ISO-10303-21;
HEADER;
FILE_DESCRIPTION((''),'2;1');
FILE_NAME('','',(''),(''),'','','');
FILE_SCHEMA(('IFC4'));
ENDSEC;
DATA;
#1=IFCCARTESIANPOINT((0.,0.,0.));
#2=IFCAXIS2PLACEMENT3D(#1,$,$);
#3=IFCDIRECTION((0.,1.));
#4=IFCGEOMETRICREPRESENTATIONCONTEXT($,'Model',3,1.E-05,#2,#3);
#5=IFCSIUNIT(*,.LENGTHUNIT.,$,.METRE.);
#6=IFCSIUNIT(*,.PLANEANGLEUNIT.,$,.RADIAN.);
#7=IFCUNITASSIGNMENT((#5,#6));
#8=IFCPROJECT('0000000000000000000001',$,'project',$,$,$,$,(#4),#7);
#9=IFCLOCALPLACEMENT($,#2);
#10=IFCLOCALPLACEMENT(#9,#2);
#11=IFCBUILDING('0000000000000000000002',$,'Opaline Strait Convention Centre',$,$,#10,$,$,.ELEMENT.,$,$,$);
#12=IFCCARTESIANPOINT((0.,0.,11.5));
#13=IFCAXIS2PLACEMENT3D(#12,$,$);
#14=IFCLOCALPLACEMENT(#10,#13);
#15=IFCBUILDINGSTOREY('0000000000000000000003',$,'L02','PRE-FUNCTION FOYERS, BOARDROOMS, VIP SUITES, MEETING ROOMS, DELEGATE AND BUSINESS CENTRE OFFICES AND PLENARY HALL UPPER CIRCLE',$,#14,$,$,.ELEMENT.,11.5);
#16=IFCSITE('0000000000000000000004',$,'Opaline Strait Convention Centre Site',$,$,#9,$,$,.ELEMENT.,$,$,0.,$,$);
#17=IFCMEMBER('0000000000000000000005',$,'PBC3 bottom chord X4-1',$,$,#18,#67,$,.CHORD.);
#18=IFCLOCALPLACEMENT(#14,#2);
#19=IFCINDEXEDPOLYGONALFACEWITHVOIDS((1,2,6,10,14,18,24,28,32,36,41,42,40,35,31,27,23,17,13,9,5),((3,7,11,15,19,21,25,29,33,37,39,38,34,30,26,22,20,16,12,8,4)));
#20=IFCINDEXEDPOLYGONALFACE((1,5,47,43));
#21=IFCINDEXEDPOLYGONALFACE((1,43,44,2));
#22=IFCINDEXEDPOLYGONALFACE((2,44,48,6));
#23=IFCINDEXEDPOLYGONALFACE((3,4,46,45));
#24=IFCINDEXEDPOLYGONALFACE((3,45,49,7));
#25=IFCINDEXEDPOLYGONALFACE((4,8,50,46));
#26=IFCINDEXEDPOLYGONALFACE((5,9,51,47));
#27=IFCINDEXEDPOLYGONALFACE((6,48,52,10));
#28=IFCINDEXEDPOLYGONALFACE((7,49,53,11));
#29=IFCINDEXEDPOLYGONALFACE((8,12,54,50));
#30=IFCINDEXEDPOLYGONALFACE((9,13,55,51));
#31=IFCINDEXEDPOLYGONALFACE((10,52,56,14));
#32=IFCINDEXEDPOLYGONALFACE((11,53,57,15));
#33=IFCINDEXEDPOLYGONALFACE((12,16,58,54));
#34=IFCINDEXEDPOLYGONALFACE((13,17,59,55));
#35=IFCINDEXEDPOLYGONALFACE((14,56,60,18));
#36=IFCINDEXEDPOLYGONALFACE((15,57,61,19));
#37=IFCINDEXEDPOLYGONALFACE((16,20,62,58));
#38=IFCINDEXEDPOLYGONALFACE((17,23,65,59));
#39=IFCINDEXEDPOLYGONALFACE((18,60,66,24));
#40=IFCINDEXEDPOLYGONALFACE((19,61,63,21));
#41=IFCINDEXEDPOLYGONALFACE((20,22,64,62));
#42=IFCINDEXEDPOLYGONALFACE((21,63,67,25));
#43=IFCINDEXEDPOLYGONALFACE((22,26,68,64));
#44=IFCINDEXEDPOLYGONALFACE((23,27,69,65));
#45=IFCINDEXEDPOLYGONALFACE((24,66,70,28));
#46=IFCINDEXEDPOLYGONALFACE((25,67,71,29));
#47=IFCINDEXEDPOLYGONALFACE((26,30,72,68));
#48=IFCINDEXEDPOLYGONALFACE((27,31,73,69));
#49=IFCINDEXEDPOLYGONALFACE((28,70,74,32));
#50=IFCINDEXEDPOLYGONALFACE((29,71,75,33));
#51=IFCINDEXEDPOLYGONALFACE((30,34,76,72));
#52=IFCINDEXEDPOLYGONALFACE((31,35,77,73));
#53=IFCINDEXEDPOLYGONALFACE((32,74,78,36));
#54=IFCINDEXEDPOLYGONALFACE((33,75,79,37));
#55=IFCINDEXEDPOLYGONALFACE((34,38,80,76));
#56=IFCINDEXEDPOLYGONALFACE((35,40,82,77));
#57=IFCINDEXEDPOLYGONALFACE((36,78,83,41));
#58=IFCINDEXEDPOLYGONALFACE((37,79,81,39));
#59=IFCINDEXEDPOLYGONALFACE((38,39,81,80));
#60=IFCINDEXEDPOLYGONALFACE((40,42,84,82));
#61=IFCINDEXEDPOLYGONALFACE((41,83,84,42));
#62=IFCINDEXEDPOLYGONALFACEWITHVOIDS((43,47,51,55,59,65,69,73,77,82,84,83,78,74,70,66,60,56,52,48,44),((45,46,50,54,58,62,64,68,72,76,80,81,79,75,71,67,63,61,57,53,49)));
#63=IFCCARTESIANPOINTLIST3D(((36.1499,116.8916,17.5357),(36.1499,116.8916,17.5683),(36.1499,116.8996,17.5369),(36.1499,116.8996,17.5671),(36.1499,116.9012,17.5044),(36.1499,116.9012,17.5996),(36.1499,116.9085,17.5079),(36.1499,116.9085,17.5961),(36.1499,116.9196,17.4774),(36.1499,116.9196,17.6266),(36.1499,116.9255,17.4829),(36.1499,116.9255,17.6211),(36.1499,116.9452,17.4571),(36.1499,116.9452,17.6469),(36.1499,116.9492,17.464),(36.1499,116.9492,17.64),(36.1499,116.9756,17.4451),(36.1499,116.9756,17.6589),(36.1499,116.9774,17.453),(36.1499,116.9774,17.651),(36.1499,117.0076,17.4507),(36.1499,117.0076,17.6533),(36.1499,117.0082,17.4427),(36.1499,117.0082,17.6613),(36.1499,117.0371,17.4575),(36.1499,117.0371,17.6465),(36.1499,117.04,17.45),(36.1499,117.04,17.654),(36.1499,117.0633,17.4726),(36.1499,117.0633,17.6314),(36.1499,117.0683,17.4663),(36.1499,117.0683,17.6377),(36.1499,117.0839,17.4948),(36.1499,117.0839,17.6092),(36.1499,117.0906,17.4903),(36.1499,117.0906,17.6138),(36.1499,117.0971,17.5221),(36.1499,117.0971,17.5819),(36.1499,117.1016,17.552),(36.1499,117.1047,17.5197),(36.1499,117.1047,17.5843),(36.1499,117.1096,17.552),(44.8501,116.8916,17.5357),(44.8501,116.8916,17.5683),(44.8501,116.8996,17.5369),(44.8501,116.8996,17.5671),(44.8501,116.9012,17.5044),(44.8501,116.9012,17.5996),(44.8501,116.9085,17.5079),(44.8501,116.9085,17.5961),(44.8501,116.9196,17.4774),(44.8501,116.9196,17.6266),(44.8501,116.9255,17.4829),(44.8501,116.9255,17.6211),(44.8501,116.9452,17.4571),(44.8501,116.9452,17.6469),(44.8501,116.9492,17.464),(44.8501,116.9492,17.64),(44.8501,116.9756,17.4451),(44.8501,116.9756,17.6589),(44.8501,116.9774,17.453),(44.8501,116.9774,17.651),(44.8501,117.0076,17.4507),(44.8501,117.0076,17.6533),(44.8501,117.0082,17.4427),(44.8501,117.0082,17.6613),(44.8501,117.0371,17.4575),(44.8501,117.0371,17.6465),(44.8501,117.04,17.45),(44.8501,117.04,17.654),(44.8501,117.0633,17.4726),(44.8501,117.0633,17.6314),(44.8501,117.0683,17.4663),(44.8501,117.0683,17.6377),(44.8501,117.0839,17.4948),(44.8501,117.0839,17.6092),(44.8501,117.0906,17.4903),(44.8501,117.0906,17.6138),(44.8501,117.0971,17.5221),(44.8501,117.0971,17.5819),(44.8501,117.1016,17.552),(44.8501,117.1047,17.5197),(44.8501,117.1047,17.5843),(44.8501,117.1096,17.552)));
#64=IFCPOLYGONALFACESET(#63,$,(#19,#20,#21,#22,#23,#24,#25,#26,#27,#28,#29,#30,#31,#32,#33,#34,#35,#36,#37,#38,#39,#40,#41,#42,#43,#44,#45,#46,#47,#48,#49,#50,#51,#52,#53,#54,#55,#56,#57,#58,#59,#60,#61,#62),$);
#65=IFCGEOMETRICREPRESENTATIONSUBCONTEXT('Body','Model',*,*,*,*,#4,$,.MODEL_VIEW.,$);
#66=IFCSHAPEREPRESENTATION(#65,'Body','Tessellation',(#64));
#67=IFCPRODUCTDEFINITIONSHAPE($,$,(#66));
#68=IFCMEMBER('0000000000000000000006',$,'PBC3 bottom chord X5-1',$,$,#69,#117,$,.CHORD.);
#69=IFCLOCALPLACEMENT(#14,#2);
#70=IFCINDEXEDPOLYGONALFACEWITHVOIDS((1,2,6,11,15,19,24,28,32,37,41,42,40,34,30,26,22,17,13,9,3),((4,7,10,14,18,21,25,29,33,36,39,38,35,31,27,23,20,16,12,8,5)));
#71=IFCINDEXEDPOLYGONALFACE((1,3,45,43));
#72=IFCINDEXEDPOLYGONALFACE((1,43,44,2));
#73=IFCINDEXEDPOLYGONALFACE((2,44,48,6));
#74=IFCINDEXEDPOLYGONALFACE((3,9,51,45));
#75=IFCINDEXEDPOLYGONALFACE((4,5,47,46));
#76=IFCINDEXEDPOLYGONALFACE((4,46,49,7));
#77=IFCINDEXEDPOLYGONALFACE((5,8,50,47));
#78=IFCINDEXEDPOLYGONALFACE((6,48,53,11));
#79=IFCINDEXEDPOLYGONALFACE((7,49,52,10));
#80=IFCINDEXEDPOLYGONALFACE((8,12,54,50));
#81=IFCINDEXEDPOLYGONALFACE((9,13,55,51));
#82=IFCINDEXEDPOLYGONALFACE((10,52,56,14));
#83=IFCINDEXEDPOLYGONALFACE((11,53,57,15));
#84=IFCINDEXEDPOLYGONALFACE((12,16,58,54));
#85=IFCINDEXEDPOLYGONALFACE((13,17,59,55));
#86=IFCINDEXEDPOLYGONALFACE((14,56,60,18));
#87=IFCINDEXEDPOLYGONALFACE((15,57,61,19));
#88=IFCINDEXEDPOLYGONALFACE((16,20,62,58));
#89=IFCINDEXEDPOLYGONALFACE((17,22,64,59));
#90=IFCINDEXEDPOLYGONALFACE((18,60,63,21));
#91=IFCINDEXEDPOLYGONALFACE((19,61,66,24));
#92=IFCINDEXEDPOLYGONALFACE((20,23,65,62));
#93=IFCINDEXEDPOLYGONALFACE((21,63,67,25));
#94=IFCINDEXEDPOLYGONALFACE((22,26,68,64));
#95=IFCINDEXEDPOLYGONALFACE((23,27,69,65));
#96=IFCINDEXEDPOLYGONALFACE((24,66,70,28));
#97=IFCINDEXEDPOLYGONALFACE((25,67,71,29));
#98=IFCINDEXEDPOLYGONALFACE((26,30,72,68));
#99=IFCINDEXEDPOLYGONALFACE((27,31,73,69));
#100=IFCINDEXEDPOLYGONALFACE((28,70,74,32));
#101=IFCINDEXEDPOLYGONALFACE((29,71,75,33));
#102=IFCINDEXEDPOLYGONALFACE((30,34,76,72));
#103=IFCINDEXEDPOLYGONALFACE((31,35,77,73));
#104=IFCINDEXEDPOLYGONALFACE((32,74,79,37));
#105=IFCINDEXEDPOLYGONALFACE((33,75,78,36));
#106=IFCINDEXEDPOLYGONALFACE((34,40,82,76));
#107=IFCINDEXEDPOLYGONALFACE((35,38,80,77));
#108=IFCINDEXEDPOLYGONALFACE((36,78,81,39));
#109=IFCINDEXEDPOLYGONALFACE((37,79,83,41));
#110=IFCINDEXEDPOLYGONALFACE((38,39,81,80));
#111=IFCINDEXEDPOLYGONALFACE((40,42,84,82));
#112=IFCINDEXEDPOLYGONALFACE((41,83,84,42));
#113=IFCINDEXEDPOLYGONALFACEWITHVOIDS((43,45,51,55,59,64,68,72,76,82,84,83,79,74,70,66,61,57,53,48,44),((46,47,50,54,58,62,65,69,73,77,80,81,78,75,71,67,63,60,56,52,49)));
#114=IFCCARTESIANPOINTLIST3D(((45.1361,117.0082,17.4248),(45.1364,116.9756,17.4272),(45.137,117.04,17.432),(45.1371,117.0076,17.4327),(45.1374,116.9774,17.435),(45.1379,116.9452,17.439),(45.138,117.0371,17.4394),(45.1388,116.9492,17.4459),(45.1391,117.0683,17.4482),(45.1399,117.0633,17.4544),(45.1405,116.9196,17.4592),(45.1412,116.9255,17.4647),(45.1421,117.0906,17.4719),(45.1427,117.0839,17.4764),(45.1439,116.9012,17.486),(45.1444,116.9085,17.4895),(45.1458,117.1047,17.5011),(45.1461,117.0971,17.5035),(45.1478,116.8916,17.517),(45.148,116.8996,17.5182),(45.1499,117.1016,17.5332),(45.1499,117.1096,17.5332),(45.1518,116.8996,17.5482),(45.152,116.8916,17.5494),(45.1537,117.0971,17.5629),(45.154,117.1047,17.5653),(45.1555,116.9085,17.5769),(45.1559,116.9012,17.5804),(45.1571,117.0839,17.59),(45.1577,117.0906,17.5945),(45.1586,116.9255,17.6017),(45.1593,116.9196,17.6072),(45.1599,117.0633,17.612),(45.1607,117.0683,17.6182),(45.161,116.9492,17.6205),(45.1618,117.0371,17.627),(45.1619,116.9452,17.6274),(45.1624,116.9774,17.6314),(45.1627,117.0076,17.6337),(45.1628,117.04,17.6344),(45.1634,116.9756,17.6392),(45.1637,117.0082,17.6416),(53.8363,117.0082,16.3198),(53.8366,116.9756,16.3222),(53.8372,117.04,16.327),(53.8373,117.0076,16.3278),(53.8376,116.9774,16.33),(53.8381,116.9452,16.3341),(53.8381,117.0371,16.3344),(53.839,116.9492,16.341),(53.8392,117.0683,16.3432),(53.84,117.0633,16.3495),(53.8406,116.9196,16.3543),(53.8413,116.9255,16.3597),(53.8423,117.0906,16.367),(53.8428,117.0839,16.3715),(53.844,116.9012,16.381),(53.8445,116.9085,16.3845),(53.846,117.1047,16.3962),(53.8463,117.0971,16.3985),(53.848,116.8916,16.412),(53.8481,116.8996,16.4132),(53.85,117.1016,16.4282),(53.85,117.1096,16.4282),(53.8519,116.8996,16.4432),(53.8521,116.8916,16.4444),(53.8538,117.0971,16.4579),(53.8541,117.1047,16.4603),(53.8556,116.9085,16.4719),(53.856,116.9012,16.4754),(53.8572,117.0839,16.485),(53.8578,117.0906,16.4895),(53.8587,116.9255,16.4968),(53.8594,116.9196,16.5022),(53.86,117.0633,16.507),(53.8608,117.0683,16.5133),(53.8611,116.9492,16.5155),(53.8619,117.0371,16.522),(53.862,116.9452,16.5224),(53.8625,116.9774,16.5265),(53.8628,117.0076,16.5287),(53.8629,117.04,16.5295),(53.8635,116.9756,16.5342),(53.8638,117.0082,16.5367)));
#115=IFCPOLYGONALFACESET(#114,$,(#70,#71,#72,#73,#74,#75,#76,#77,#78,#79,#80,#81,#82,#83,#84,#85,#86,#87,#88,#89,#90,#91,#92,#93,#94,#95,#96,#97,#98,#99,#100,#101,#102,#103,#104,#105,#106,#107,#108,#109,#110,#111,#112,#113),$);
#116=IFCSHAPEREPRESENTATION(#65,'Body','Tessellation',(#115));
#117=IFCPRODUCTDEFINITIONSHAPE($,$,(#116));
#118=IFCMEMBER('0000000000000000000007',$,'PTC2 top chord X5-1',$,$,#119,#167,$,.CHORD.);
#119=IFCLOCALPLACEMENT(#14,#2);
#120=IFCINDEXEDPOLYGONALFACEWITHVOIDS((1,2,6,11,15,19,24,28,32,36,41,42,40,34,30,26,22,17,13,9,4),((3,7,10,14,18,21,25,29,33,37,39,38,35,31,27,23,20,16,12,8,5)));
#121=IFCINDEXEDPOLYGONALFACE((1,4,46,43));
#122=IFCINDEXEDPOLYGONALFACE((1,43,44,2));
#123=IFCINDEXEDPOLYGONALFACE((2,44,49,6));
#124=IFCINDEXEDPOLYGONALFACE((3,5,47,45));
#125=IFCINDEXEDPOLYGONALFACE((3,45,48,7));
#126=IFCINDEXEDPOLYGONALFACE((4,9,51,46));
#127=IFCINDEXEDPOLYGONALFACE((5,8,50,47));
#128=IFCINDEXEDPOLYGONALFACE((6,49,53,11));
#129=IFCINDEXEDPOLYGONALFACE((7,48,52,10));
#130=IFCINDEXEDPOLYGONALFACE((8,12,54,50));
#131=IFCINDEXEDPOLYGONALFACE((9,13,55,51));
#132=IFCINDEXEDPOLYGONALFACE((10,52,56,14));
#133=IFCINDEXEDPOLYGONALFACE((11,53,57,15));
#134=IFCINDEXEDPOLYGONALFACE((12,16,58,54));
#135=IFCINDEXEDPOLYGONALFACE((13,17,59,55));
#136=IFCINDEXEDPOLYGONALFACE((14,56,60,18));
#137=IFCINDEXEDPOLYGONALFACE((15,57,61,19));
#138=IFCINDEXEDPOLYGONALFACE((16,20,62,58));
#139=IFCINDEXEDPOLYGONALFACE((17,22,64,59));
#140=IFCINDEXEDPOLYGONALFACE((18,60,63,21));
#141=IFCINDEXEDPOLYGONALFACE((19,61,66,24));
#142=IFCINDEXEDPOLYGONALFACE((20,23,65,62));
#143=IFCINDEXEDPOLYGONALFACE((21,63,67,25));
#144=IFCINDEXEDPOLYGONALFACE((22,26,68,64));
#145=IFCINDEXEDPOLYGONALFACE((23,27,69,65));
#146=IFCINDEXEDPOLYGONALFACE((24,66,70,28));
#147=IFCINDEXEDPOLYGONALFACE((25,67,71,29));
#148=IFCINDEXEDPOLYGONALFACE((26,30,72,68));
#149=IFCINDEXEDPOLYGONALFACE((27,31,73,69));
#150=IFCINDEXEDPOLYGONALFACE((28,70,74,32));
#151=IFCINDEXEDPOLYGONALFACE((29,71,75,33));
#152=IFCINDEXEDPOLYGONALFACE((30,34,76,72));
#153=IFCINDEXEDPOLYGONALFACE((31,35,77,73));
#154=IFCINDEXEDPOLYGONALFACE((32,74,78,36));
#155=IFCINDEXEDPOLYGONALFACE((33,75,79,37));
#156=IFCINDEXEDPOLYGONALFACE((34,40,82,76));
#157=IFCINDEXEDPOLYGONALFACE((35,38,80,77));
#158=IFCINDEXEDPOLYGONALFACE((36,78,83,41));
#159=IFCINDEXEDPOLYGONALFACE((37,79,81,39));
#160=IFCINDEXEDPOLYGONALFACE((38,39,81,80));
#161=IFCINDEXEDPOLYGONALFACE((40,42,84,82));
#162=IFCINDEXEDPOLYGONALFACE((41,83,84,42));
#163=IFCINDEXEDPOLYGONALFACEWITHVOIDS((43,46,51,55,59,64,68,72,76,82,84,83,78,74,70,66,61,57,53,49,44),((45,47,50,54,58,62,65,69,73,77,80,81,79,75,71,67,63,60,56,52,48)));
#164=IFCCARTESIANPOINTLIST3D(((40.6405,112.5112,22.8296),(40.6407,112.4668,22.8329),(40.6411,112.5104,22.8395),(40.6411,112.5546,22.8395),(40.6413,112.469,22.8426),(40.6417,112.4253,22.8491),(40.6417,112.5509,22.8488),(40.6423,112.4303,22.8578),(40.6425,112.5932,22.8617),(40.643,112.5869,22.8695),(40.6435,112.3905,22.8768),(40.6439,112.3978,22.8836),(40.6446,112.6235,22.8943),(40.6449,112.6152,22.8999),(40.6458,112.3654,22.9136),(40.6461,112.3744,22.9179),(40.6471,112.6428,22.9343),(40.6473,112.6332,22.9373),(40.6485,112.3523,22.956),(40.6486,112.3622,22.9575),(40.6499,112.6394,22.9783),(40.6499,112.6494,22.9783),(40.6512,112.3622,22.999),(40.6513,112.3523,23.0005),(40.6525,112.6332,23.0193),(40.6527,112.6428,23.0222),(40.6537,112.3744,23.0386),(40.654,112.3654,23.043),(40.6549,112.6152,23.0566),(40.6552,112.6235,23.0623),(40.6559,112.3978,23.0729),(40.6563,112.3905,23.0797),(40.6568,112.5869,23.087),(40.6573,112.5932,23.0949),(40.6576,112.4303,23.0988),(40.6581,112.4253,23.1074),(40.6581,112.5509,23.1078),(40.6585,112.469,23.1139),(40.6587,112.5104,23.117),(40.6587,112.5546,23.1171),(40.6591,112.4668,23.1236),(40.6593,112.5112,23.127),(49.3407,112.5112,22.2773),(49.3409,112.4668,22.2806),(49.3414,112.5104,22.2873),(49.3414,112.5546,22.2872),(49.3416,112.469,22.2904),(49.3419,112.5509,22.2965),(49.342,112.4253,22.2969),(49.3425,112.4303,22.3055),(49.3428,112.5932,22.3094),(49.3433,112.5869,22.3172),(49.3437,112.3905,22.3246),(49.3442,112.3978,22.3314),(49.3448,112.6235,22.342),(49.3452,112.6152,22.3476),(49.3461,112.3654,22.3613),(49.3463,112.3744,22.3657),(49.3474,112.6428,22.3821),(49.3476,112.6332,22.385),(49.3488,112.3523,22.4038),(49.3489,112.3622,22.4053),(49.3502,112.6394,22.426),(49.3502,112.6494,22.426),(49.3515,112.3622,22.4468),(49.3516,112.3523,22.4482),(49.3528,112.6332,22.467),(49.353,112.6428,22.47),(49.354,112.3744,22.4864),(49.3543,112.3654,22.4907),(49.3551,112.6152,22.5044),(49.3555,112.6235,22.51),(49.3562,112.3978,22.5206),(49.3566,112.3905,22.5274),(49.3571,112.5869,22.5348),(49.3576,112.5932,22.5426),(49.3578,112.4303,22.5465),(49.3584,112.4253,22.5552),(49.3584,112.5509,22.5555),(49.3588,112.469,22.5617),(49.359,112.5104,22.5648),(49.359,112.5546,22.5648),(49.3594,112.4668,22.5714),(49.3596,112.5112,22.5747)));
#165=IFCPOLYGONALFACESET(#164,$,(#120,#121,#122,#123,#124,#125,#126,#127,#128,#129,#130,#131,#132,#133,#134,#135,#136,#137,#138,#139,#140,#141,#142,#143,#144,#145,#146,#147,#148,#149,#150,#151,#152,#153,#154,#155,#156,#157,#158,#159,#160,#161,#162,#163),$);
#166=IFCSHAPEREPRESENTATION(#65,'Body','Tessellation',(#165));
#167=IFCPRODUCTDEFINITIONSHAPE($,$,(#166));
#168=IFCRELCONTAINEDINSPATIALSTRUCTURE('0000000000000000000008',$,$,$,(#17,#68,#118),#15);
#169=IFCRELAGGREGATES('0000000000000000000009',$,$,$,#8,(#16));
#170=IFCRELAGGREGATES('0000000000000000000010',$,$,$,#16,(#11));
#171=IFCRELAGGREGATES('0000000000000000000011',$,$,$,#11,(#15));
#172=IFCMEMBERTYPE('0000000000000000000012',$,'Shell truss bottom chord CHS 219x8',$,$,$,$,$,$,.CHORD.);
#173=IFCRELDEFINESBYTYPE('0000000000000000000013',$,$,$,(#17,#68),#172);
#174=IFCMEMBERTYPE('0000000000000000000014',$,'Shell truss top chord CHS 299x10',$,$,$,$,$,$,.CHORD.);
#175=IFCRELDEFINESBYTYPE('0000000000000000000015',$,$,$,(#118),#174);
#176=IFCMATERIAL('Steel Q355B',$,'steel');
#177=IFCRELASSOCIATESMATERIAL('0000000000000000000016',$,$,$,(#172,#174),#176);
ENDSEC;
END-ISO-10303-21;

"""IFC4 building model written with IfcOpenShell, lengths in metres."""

from ifc_helpers import new_model, si_unit, direction, frame, origin, origin_2d, place, context, subcontext, project, spatial, hollow_circle, extrude, material, material_profile, profile_set, type_object, element, save


model = new_model("IFC4")

# Units and contexts
model_context = context("Model", 3, precision=1e-05, world=origin(), true_north=direction((0.0, 1.0)))
body_context = subcontext(model_context, "Body", "Model", "MODEL_VIEW")
ifc_project = project(units=[si_unit("LENGTHUNIT", "METRE"), si_unit("PLANEANGLEUNIT", "RADIAN")], contexts=[model_context])

# Site, building, storey
site_placement = place(None, origin())
site = spatial("IfcSite", under=ifc_project, at=site_placement, Name="Opaline Strait Convention Centre Site", CompositionType="ELEMENT", RefElevation=0.0)
building_placement = place(site_placement, origin())
building = spatial("IfcBuilding", under=site, at=building_placement, Name="Opaline Strait Convention Centre", CompositionType="ELEMENT")
storey_placement = place(building_placement, frame((0.0, 0.0, 11.5)))
storey = spatial("IfcBuildingStorey", under=building, at=storey_placement, Name="L02", Description="PRE-FUNCTION FOYERS, BOARDROOMS, VIP SUITES, MEETING ROOMS, DELEGATE AND BUSINESS CENTRE OFFICES AND PLENARY HALL UPPER CIRCLE", CompositionType="ELEMENT", Elevation=11.5)

# Members
ifc_material_1 = material(Name="Steel Q355B", Category="steel")
ifc_material_profile_1 = material_profile(ifc_material_1, hollow_circle(Radius=0.1096, WallThickness=0.0081, at=origin_2d()), Name="CHS 219x8")
ifc_profile_set_1 = profile_set([ifc_material_profile_1], Name="Steel Q355B")
member_type_1 = type_object("IfcMemberType", Name="Shell truss bottom chord CHS 219x8", PredefinedType="CHORD", material=ifc_profile_set_1)
member_1_placement = place(storey_placement, frame((36.1499, 117.0, 17.552), z_axis=(1.0, 0.0, 0.0), x_axis=(0.0, 1.0, 0.0)))
element("IfcMember", 1, at=member_1_placement, inside=storey, type_object=member_type_1, Name="PBC3 bottom chord X4-1", PredefinedType="CHORD", context=body_context, shape_type="SweptSolid", body=[
    extrude(hollow_circle(Radius=0.1096, WallThickness=0.0081, at=origin_2d()), origin(), (0.0, 0.0, 1.0), 8.7002),
])
member_2_placement = place(storey_placement, frame((45.1499, 117.0, 17.5332), z_axis=(0.992031, 0.0, -0.125994), x_axis=(0.0, 1.0, 0.0)))
element("IfcMember", 2, at=member_2_placement, inside=storey, type_object=member_type_1, Name="PBC3 bottom chord X5-1", PredefinedType="CHORD", context=body_context, shape_type="SweptSolid", body=[
    extrude(hollow_circle(Radius=0.1096, WallThickness=0.0081, at=origin_2d()), origin(), (0.0, 0.0, 1.0), 8.77),
])
ifc_material_profile_2 = material_profile(ifc_material_1, hollow_circle(Radius=0.1494, WallThickness=0.01, at=origin_2d()), Name="CHS 299x10")
ifc_profile_set_2 = profile_set([ifc_material_profile_2], Name="Steel Q355B")
member_type_2 = type_object("IfcMemberType", Name="Shell truss top chord CHS 299x10", PredefinedType="CHORD", material=ifc_profile_set_2)
member_3_placement = place(storey_placement, frame((40.6499, 112.5, 22.9783), z_axis=(0.997992, 0.0, -0.063348), x_axis=(0.0, 1.0, 0.0)))
element("IfcMember", 3, at=member_3_placement, inside=storey, type_object=member_type_2, Name="PTC2 top chord X5-1", PredefinedType="CHORD", context=body_context, shape_type="SweptSolid", body=[
    extrude(hollow_circle(Radius=0.1494, WallThickness=0.01, at=origin_2d()), origin(), (0.0, 0.0, 1.0), 8.7178),
])

save(model, "model.ifc")
